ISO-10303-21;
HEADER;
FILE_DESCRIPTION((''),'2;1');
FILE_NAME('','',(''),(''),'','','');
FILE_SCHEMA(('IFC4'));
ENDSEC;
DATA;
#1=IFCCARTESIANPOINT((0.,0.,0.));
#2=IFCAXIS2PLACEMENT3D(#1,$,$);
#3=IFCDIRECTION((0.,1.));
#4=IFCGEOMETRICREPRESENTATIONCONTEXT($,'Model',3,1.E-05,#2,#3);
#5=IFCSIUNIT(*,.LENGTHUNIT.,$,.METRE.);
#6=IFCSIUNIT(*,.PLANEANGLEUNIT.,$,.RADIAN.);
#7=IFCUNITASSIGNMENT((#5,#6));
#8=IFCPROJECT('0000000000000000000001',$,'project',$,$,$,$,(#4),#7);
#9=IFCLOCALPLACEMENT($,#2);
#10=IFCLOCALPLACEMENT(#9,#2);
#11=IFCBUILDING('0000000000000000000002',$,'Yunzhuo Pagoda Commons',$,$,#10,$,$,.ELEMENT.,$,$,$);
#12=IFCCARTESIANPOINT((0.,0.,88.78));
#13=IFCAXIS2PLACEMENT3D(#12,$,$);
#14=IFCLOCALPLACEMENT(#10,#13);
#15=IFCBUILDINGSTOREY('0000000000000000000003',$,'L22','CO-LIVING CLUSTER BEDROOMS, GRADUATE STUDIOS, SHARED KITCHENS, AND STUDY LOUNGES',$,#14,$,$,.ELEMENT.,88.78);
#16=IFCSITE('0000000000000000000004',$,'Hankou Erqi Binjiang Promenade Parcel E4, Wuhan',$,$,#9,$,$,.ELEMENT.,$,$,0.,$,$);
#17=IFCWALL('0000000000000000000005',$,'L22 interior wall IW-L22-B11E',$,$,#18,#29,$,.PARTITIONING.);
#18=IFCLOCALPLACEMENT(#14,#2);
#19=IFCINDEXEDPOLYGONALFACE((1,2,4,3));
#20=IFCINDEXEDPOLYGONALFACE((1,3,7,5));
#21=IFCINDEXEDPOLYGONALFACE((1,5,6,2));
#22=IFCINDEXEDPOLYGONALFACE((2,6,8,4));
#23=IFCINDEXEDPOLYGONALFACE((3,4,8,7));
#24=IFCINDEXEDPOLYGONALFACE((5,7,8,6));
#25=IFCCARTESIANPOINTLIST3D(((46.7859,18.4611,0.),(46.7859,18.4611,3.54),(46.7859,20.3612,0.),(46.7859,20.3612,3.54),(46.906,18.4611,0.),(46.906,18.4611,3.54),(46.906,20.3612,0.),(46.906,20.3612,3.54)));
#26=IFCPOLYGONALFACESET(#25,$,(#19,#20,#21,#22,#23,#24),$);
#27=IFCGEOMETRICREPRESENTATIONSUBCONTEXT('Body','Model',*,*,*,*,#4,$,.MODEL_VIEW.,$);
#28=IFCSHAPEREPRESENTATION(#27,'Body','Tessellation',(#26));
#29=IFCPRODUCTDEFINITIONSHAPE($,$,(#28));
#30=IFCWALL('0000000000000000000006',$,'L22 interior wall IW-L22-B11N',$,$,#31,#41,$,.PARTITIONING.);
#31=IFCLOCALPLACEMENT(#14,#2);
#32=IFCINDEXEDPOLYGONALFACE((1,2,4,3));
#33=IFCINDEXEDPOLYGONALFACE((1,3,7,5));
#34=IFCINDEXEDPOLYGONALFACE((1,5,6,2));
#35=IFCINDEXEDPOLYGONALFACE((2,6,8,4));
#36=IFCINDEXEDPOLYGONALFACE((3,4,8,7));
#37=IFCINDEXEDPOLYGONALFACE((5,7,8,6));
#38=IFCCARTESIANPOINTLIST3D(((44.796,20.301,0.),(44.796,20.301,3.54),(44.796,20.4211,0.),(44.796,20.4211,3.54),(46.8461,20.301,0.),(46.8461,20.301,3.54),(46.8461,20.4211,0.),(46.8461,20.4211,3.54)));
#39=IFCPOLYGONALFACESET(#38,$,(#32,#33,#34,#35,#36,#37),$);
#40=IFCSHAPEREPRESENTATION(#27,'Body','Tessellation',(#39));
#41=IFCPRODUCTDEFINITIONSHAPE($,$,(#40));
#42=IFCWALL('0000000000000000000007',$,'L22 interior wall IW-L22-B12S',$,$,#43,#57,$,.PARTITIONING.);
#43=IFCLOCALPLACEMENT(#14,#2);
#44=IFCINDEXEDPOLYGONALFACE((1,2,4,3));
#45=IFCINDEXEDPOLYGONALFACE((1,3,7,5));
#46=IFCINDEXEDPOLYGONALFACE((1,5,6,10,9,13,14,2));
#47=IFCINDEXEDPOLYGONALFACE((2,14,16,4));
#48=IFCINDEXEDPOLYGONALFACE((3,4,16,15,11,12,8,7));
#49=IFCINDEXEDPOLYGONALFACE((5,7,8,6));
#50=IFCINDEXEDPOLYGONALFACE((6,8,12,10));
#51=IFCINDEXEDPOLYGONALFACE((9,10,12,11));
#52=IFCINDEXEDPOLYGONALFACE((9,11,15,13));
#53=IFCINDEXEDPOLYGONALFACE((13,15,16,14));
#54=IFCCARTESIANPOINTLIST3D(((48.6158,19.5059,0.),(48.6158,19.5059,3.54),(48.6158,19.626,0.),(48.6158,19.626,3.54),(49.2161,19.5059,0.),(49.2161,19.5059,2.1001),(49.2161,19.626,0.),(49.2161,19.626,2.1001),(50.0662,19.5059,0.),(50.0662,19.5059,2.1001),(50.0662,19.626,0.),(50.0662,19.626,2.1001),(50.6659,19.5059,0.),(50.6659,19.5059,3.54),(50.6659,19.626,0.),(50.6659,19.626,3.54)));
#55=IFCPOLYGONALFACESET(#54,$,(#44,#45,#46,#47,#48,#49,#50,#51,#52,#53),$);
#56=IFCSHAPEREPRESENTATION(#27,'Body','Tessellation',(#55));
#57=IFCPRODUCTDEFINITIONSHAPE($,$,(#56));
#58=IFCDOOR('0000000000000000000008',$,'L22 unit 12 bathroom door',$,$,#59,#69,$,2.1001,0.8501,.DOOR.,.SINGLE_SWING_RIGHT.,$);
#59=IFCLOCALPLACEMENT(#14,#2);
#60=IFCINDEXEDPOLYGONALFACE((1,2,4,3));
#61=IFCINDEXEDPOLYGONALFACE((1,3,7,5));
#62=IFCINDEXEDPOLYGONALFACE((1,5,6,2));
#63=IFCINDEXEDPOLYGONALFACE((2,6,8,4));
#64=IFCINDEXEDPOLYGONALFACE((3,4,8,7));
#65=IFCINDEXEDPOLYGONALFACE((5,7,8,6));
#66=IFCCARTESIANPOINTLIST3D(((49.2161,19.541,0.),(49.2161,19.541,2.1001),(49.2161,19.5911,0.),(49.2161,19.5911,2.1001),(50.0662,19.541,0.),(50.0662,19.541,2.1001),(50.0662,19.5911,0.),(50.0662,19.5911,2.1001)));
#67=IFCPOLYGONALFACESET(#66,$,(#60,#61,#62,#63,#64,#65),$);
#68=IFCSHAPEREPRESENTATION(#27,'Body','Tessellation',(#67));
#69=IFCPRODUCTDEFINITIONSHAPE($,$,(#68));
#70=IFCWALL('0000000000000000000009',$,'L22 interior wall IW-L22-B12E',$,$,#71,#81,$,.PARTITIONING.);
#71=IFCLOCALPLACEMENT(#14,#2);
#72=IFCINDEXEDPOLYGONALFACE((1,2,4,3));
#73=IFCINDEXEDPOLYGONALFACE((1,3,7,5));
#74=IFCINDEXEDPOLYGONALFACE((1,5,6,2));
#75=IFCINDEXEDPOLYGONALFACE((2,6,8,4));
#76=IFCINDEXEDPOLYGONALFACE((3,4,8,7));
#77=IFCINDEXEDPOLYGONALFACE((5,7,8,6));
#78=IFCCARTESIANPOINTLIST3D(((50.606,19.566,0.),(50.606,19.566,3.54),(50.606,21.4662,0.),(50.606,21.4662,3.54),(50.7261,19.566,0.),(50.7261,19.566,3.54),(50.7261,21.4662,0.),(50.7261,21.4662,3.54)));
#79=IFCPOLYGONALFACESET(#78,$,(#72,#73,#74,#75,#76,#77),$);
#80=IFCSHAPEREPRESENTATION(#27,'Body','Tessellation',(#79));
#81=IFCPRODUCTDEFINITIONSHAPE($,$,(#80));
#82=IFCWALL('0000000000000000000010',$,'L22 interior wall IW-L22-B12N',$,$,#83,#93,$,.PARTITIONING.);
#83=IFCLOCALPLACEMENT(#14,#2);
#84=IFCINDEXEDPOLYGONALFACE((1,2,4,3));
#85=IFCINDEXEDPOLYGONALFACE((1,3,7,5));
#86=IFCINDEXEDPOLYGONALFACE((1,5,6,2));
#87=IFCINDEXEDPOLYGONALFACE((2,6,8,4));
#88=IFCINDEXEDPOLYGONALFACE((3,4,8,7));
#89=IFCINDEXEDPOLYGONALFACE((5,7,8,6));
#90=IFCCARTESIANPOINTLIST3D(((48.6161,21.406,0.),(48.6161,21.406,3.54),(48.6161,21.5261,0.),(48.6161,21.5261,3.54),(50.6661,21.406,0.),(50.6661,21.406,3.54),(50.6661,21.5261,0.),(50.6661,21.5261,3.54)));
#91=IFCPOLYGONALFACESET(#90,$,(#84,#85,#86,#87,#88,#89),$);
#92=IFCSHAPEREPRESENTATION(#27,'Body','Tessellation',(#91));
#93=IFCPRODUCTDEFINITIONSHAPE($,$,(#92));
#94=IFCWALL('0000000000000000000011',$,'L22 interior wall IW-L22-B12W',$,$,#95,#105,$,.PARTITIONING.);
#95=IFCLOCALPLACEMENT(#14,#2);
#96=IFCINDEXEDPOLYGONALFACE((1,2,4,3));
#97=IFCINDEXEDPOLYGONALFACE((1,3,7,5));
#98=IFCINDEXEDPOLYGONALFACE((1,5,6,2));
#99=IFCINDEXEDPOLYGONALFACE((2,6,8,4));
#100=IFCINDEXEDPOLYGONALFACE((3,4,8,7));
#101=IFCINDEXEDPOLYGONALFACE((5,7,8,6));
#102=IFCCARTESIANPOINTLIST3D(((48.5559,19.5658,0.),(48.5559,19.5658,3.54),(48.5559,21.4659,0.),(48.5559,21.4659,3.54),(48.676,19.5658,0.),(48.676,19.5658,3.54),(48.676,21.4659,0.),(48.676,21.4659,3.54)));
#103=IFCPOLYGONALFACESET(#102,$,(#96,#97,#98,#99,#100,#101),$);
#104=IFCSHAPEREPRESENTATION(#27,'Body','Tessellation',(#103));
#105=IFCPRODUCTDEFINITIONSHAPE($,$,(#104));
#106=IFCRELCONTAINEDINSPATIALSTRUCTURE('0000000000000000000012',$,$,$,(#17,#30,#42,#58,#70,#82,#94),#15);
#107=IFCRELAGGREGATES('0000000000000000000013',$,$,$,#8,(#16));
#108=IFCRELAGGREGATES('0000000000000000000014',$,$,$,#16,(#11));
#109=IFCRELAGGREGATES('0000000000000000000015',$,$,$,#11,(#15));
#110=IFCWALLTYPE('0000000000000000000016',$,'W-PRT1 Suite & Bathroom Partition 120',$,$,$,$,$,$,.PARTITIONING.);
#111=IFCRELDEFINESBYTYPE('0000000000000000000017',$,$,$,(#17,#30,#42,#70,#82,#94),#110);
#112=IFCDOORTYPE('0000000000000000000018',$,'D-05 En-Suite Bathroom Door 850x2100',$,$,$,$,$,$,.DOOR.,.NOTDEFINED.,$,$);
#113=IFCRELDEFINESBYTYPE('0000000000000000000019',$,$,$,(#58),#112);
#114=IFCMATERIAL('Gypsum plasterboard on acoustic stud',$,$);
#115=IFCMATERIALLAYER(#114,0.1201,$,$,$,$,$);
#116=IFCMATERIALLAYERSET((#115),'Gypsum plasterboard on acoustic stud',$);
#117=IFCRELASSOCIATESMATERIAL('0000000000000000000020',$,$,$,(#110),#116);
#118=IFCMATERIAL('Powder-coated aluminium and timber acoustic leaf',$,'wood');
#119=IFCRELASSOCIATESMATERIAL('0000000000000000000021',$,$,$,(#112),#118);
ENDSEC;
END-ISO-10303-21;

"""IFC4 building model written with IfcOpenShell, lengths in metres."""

from ifc_helpers import new_model, si_unit, direction, frame, frame_2d, origin, place, context, subcontext, project, spatial, rectangle, extrude, source, transform, mapped, material, layer, layer_set, type_object, element, fill, save


model = new_model("IFC4")

# Units and contexts
model_context = context("Model", 3, precision=1e-05, world=origin(), true_north=direction((0.0, 1.0)))
body_context = subcontext(model_context, "Body", "Model", "MODEL_VIEW")
ifc_project = project(units=[si_unit("LENGTHUNIT", "METRE"), si_unit("PLANEANGLEUNIT", "RADIAN")], contexts=[model_context])

# Site, building, storey
site_placement = place(None, origin())
site = spatial("IfcSite", under=ifc_project, at=site_placement, Name="Hankou Erqi Binjiang Promenade Parcel E4, Wuhan", CompositionType="ELEMENT", RefElevation=0.0)
building_placement = place(site_placement, origin())
building = spatial("IfcBuilding", under=site, at=building_placement, Name="Yunzhuo Pagoda Commons", CompositionType="ELEMENT")
storey_placement = place(building_placement, frame((0.0, 0.0, 88.78)))
storey = spatial("IfcBuildingStorey", under=building, at=storey_placement, Name="L22", Description="CO-LIVING CLUSTER BEDROOMS, GRADUATE STUDIOS, SHARED KITCHENS, AND STUDY LOUNGES", CompositionType="ELEMENT", Elevation=88.78)

# Shared definitions
ifc_material_1 = material(Name="Gypsum plasterboard on acoustic stud")

# Walls
ifc_layer_1 = layer(ifc_material_1, 0.1201)
ifc_layer_set_1 = layer_set([ifc_layer_1], Name="Gypsum plasterboard on acoustic stud")
wall_type_1 = type_object("IfcWallType", Name="W-PRT1 Suite & Bathroom Partition 120", PredefinedType="PARTITIONING", material=ifc_layer_set_1)
wall_1_placement = place(storey_placement, frame((46.8459, 18.4609, 0.0), z_axis=(0.0, 0.0, 1.0), x_axis=(0.0, 1.0, 0.0)))
element("IfcWall", 1, at=wall_1_placement, inside=storey, type_object=wall_type_1, Name="L22 interior wall IW-L22-B11E", PredefinedType="PARTITIONING", context=body_context, shape_type="SweptSolid", body=[
    extrude(rectangle(XDim=1.9001, YDim=0.1201, at=frame_2d((0.9502, 0.0))), origin(), (0.0, 0.0, 1.0), 3.54),
])
wall_2_placement = place(storey_placement, frame((46.8459, 20.3611, 0.0), z_axis=(0.0, 0.0, 1.0), x_axis=(-1.0, 0.0, 0.0)))
element("IfcWall", 2, at=wall_2_placement, inside=storey, type_object=wall_type_1, Name="L22 interior wall IW-L22-B11N", PredefinedType="PARTITIONING", context=body_context, shape_type="SweptSolid", body=[
    extrude(rectangle(XDim=2.05, YDim=0.1201, at=frame_2d((1.0249, 0.0))), origin(), (0.0, 0.0, 1.0), 3.54),
])

# Wall, opening, door
wall_3_placement = place(storey_placement, frame((48.616, 19.5659, 0.0), z_axis=(0.0, 0.0, 1.0), x_axis=(1.0, 0.0, 0.0)))
wall_3 = element("IfcWall", 3, at=wall_3_placement, inside=storey, type_object=wall_type_1, Name="L22 interior wall IW-L22-B12S", PredefinedType="PARTITIONING", context=body_context, shape_type="SweptSolid", body=[
    extrude(rectangle(XDim=2.05, YDim=0.1201, at=frame_2d((1.0249, 0.0))), origin(), (0.0, 0.0, 1.0), 3.54),
])
opening_1_placement = place(wall_3_placement, frame((0.6001, 0.0, 0.0)))
opening_1 = element("IfcOpeningElement", 4, at=opening_1_placement, cuts=wall_3, PredefinedType="OPENING", context=body_context, shape_type="SweptSolid", body=[
    extrude(rectangle(XDim=0.8501, YDim=2.1001, at=frame_2d((0.425, 1.05))), frame((0.0, 0.0701, 0.0), z_axis=(0.0, -1.0, 0.0), x_axis=(1.0, 0.0, 0.0)), (0.0, 0.0, 1.0), 0.1401),
])
ifc_material_2 = material(Name="Powder-coated aluminium and timber acoustic leaf", Category="wood")
door_type_1 = type_object("IfcDoorType", Name="D-05 En-Suite Bathroom Door 850x2100", OperationType="NOTDEFINED", PredefinedType="DOOR", material=ifc_material_2)
shared_shape_1 = source(origin(), body_context, "Body", "SweptSolid", [
    extrude(rectangle(XDim=0.8501, YDim=2.1001, at=frame_2d((0.425, 1.05))), frame((0.0, 0.0249, 0.0), z_axis=(0.0, -1.0, 0.0), x_axis=(1.0, 0.0, 0.0)), (0.0, 0.0, 1.0), 0.05),
])
door_1_placement = place(opening_1_placement, frame((0.8501, 0.0, 0.0), z_axis=(0.0, 0.0, 1.0), x_axis=(-1.0, 0.0, 0.0)))
door_1 = element("IfcDoor", 5, at=door_1_placement, inside=storey, type_object=door_type_1, Name="L22 unit 12 bathroom door", OperationType="SINGLE_SWING_RIGHT", OverallHeight=2.1001, OverallWidth=0.8501, PredefinedType="DOOR", context=body_context, shape_type="MappedRepresentation", body=[
    mapped(shared_shape_1, transform((0.0, 0.0, 0.0), scale=1.0)),
])
fill(opening_1, door_1)

# Walls
wall_4_placement = place(storey_placement, frame((50.666, 19.5659, 0.0), z_axis=(0.0, 0.0, 1.0), x_axis=(0.0, 1.0, 0.0)))
element("IfcWall", 6, at=wall_4_placement, inside=storey, type_object=wall_type_1, Name="L22 interior wall IW-L22-B12E", PredefinedType="PARTITIONING", context=body_context, shape_type="SweptSolid", body=[
    extrude(rectangle(XDim=1.9001, YDim=0.1201, at=frame_2d((0.9502, 0.0))), origin(), (0.0, 0.0, 1.0), 3.54),
])
wall_5_placement = place(storey_placement, frame((50.666, 21.4661, 0.0), z_axis=(0.0, 0.0, 1.0), x_axis=(-1.0, 0.0, 0.0)))
element("IfcWall", 7, at=wall_5_placement, inside=storey, type_object=wall_type_1, Name="L22 interior wall IW-L22-B12N", PredefinedType="PARTITIONING", context=body_context, shape_type="SweptSolid", body=[
    extrude(rectangle(XDim=2.05, YDim=0.1201, at=frame_2d((1.0249, 0.0))), origin(), (0.0, 0.0, 1.0), 3.54),
])
wall_6_placement = place(storey_placement, frame((48.616, 21.4661, 0.0), z_axis=(0.0, 0.0, 1.0), x_axis=(0.0, -1.0, 0.0)))
element("IfcWall", 8, at=wall_6_placement, inside=storey, type_object=wall_type_1, Name="L22 interior wall IW-L22-B12W", PredefinedType="PARTITIONING", context=body_context, shape_type="SweptSolid", body=[
    extrude(rectangle(XDim=1.9001, YDim=0.1201, at=frame_2d((0.9502, 0.0))), origin(), (0.0, 0.0, 1.0), 3.54),
])

save(model, "model.ifc")
